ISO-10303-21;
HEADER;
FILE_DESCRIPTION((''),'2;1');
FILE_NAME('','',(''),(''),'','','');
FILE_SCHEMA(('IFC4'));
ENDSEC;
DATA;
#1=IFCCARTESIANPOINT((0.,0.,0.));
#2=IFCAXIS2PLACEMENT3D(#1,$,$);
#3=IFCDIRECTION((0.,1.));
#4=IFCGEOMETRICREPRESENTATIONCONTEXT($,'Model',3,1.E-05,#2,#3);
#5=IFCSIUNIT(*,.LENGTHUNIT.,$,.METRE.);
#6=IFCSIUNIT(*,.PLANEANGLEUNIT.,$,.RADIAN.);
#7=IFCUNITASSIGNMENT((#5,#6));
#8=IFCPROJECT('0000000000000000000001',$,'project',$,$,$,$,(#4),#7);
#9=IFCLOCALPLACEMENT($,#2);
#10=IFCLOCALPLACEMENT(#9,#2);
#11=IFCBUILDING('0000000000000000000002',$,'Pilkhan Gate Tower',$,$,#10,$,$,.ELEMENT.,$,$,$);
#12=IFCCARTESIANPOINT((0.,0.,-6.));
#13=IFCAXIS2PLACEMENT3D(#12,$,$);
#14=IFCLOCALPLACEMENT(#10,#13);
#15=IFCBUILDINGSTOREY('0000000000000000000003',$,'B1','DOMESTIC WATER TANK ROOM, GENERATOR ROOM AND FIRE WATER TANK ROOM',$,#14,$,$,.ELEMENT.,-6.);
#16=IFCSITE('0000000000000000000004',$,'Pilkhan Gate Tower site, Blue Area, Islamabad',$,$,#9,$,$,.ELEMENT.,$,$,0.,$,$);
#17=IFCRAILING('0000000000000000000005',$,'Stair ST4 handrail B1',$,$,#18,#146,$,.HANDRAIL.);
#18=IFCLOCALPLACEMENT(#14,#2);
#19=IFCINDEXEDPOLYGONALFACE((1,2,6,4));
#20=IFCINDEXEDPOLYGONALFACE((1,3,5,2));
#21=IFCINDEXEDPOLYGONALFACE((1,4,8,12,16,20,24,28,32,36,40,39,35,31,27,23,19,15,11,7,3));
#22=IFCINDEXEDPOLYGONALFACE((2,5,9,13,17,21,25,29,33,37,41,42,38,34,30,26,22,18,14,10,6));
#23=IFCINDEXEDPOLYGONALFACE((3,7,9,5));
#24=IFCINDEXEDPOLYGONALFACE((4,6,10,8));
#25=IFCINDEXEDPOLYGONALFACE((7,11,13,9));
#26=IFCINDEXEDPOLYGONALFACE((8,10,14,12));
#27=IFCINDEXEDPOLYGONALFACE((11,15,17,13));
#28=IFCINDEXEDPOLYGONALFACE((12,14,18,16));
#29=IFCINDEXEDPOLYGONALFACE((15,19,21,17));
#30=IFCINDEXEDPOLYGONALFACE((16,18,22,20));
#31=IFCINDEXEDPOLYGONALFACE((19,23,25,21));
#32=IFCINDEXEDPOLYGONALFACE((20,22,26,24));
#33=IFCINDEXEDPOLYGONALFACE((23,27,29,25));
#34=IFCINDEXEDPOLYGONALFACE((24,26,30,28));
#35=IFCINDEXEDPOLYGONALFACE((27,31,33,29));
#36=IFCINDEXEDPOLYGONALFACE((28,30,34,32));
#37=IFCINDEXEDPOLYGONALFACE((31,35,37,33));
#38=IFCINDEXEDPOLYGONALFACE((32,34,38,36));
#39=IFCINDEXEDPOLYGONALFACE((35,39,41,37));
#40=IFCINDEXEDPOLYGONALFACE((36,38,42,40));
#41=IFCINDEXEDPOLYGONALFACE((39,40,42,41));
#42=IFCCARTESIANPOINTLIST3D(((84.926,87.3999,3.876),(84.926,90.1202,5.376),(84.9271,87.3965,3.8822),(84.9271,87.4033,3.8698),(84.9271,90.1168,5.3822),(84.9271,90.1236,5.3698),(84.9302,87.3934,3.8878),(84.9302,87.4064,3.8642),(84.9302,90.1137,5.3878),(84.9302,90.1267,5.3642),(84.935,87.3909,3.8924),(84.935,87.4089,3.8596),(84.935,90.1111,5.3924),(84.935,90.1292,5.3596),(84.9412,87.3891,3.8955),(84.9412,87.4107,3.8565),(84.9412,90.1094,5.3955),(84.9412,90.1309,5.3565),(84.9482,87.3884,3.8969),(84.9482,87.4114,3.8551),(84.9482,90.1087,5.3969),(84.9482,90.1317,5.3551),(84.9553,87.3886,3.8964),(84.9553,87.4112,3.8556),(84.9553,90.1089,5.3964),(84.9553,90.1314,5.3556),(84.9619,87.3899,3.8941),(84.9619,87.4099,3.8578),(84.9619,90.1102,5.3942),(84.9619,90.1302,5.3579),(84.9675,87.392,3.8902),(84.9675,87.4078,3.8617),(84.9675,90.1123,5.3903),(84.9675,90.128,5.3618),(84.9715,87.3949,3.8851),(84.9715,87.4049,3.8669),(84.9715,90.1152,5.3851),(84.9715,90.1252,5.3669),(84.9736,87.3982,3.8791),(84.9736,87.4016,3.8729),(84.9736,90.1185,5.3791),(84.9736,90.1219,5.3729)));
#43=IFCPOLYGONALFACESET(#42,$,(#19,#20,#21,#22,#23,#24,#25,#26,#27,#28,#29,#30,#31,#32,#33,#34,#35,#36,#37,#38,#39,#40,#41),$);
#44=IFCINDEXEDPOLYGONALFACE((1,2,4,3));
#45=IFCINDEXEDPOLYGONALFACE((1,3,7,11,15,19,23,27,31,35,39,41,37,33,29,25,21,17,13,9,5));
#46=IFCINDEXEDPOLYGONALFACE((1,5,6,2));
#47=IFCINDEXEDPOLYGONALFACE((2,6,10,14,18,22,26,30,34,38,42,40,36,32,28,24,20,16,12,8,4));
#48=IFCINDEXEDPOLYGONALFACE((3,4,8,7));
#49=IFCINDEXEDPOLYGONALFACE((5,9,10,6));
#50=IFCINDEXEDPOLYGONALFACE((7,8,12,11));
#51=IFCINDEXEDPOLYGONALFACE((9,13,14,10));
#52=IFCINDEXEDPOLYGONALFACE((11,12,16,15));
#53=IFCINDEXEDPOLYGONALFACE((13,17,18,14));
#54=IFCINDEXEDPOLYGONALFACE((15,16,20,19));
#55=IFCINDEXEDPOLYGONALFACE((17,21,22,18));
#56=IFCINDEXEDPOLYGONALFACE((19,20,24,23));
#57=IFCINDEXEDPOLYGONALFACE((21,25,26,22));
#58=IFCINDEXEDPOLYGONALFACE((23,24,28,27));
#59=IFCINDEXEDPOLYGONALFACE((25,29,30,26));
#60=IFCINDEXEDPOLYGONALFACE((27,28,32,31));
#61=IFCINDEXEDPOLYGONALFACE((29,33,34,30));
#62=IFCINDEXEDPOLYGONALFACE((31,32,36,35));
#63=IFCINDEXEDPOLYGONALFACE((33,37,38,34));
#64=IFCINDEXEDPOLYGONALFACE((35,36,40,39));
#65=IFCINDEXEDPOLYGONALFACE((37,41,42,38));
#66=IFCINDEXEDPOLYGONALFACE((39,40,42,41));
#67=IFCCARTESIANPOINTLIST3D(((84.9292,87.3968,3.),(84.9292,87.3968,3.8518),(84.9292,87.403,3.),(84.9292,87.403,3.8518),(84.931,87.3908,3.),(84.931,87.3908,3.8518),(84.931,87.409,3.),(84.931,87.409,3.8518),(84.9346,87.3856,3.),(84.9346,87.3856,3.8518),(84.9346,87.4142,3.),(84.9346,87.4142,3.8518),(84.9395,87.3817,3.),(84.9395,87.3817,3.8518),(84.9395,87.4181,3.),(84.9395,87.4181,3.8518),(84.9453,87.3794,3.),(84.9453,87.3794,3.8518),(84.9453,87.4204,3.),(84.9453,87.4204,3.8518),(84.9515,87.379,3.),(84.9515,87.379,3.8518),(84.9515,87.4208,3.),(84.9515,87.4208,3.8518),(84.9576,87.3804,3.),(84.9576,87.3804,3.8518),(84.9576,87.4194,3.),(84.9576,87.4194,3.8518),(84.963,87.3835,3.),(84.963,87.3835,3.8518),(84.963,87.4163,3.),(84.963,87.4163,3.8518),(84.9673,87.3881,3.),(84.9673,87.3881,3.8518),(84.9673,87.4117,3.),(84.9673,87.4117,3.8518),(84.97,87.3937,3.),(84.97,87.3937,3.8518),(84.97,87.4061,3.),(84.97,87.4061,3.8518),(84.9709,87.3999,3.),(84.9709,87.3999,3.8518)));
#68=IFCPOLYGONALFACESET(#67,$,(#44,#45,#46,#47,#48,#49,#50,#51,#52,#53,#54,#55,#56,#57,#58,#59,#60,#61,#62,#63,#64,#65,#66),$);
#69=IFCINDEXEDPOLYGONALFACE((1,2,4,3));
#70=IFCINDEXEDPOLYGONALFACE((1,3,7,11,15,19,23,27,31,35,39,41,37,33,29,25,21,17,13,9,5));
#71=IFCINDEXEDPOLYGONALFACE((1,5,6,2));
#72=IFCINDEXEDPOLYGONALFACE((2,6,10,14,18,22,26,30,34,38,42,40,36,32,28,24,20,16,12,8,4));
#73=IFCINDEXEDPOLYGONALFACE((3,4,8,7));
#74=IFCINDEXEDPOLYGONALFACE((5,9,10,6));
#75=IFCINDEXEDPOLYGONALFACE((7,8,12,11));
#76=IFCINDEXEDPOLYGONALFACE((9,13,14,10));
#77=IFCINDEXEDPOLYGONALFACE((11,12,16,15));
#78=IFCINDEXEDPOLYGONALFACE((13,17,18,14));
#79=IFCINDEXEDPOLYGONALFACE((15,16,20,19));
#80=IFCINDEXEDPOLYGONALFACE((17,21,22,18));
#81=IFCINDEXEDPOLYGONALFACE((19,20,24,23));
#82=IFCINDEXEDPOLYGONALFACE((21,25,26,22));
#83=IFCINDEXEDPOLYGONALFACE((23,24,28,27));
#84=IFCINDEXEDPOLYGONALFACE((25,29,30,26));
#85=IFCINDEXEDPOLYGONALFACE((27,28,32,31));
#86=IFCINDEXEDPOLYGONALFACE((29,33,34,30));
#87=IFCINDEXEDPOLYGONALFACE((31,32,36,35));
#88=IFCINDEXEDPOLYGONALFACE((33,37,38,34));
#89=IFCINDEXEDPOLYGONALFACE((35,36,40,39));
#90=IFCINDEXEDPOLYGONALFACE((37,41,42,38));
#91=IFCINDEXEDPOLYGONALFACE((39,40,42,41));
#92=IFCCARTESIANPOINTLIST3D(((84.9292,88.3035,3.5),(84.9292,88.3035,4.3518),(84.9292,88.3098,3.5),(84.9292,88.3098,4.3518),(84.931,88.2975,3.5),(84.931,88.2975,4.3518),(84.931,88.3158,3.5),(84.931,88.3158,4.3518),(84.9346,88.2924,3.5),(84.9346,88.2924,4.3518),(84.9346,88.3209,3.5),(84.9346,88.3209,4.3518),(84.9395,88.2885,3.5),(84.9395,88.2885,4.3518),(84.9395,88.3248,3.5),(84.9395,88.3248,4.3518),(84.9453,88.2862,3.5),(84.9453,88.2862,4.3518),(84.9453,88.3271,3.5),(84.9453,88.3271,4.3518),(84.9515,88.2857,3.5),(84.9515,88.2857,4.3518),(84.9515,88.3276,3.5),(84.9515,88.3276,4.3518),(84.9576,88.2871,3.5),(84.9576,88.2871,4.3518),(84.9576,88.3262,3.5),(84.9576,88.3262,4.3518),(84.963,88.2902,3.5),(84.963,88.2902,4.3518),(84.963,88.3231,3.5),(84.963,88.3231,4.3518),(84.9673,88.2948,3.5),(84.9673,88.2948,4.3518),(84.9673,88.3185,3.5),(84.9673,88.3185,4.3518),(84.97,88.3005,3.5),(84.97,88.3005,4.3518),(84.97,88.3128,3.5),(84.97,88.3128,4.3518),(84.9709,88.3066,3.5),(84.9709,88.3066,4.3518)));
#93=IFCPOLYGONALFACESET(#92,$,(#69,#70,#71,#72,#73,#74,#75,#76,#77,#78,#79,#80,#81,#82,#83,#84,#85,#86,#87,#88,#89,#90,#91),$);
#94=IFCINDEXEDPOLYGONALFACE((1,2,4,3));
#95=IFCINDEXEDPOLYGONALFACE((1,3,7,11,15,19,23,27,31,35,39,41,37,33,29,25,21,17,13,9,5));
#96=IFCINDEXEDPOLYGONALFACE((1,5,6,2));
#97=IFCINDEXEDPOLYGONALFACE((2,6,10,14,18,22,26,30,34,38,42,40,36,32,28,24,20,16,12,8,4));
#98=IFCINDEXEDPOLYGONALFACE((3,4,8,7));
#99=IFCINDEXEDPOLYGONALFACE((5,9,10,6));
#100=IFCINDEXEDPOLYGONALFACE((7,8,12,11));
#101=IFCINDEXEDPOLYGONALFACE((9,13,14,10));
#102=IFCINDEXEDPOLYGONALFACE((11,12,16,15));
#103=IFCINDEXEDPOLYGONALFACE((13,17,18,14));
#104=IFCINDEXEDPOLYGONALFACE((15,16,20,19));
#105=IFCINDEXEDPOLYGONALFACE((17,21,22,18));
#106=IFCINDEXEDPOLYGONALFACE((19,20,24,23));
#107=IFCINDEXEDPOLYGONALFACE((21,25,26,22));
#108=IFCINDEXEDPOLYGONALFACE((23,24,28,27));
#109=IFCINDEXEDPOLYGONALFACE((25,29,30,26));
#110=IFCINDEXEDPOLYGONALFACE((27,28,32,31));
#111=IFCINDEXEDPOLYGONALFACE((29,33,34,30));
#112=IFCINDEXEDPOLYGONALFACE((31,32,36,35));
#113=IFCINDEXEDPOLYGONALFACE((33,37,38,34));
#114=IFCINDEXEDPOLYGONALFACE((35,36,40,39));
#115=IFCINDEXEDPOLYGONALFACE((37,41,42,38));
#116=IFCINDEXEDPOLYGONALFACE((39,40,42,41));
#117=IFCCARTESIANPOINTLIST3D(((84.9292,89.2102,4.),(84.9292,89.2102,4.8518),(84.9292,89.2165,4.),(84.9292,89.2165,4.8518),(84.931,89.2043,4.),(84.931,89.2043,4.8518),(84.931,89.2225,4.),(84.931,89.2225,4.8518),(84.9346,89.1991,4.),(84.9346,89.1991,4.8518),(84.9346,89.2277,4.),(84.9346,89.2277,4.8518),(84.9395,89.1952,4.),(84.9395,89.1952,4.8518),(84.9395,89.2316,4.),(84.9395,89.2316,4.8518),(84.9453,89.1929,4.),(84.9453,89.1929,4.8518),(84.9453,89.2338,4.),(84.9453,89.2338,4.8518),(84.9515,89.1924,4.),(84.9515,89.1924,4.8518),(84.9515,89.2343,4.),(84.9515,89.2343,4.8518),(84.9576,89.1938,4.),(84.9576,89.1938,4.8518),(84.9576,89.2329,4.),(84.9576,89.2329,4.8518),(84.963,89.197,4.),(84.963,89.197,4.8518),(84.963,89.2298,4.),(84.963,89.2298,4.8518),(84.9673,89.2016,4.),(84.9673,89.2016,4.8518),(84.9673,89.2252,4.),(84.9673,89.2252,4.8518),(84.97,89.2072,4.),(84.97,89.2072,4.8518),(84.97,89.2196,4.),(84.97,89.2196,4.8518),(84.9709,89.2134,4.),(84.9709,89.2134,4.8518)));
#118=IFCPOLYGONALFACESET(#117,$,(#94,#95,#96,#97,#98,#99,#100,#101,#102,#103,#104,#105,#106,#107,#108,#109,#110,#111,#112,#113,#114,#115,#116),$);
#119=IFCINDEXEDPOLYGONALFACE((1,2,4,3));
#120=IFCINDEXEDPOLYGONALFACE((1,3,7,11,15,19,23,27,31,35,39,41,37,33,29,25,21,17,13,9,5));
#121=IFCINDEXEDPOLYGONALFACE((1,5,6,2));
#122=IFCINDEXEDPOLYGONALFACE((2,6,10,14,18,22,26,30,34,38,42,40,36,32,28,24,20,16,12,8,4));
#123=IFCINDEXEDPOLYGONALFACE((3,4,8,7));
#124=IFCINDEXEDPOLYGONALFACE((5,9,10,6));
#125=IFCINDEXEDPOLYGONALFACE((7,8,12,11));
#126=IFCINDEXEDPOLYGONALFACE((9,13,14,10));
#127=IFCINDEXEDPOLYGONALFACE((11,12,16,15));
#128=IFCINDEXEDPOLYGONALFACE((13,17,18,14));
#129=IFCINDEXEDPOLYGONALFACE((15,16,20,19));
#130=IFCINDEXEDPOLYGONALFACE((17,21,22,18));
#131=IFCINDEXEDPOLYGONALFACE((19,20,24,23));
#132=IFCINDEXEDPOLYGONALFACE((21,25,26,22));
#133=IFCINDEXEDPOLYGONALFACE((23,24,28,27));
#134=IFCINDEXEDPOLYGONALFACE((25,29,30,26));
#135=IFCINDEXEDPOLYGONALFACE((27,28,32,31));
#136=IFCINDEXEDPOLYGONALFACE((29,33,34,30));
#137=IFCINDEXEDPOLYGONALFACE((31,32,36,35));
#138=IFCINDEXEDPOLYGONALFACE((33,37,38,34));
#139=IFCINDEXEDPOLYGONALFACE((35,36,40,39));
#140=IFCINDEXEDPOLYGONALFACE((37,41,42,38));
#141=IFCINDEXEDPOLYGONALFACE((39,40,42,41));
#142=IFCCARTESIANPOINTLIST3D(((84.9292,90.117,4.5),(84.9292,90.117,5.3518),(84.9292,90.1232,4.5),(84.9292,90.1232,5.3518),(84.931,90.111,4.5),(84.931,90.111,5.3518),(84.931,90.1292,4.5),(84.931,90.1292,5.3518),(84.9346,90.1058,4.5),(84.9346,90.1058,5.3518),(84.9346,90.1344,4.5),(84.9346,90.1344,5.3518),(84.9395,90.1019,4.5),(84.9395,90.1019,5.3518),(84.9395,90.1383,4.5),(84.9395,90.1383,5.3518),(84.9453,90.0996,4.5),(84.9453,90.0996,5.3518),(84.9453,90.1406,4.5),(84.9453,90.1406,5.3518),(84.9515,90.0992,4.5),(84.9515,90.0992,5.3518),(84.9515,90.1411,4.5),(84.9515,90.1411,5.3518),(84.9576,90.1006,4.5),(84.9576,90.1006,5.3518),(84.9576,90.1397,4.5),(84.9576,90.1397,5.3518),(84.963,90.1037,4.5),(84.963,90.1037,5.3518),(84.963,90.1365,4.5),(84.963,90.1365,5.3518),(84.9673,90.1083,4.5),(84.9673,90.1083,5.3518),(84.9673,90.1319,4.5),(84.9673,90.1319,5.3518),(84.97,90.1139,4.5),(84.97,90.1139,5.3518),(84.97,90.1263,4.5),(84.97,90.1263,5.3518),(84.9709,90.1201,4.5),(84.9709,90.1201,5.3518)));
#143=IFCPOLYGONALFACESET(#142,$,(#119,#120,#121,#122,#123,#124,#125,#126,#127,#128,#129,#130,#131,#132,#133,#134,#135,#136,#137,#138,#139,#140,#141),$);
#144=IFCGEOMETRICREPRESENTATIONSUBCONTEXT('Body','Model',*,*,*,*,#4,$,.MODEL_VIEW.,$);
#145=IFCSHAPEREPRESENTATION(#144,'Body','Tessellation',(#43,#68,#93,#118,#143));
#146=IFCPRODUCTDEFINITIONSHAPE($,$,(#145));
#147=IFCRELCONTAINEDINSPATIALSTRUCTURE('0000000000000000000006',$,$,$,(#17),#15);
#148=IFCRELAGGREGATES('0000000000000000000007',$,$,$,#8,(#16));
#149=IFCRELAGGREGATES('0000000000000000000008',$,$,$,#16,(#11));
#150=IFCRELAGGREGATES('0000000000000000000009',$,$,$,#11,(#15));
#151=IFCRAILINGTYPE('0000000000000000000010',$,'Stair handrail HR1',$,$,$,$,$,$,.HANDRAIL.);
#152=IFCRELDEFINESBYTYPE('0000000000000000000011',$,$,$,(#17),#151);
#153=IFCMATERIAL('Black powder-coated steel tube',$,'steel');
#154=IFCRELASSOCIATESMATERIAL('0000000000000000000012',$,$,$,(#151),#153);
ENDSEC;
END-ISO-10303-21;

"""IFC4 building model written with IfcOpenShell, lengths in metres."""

from ifc_helpers import new_model, si_unit, direction, frame, origin, origin_2d, place, context, subcontext, project, spatial, circle, extrude, material, type_object, element, save


model = new_model("IFC4")

# Units and contexts
model_context = context("Model", 3, precision=1e-05, world=origin(), true_north=direction((0.0, 1.0)))
body_context = subcontext(model_context, "Body", "Model", "MODEL_VIEW")
ifc_project = project(units=[si_unit("LENGTHUNIT", "METRE"), si_unit("PLANEANGLEUNIT", "RADIAN")], contexts=[model_context])

# Site, building, storey
site_placement = place(None, origin())
site = spatial("IfcSite", under=ifc_project, at=site_placement, Name="Pilkhan Gate Tower site, Blue Area, Islamabad", CompositionType="ELEMENT", RefElevation=0.0)
building_placement = place(site_placement, origin())
building = spatial("IfcBuilding", under=site, at=building_placement, Name="Pilkhan Gate Tower", CompositionType="ELEMENT")
storey_placement = place(building_placement, frame((0.0, 0.0, -6.0)))
storey = spatial("IfcBuildingStorey", under=building, at=storey_placement, Name="B1", Description="DOMESTIC WATER TANK ROOM, GENERATOR ROOM AND FIRE WATER TANK ROOM", CompositionType="ELEMENT", Elevation=-6.0)

# Railing
ifc_material_1 = material(Name="Black powder-coated steel tube", Category="steel")
railing_type_1 = type_object("IfcRailingType", Name="Stair handrail HR1", PredefinedType="HANDRAIL", material=ifc_material_1)
for number, where, name in (
    (1, (84.95, 87.3999, 3.0), "Stair ST4 handrail B1"),
):
    element("IfcRailing", number, at=place(storey_placement, frame(where)), inside=storey, type_object=railing_type_1, Name=name, PredefinedType="HANDRAIL", context=body_context, shape_type="SweptSolid", body=[
        extrude(circle(Radius=0.0239, at=origin_2d()), frame((0.0, 0.0, 0.876), z_axis=(0.0, 0.875688, 0.482878), x_axis=(-1.0, 0.0, 0.0)), (0.0, 0.0, 1.0), 3.1064),
        extrude(circle(Radius=0.021, at=origin_2d()), origin(), (0.0, 0.0, 1.0), 0.8518),
        extrude(circle(Radius=0.021, at=origin_2d()), frame((0.0, 0.9067, 0.5)), (0.0, 0.0, 1.0), 0.8518),
        extrude(circle(Radius=0.021, at=origin_2d()), frame((0.0, 1.8135, 1.0)), (0.0, 0.0, 1.0), 0.8518),
        extrude(circle(Radius=0.021, at=origin_2d()), frame((0.0, 2.7202, 1.5)), (0.0, 0.0, 1.0), 0.8518),
    ])

save(model, "model.ifc")
